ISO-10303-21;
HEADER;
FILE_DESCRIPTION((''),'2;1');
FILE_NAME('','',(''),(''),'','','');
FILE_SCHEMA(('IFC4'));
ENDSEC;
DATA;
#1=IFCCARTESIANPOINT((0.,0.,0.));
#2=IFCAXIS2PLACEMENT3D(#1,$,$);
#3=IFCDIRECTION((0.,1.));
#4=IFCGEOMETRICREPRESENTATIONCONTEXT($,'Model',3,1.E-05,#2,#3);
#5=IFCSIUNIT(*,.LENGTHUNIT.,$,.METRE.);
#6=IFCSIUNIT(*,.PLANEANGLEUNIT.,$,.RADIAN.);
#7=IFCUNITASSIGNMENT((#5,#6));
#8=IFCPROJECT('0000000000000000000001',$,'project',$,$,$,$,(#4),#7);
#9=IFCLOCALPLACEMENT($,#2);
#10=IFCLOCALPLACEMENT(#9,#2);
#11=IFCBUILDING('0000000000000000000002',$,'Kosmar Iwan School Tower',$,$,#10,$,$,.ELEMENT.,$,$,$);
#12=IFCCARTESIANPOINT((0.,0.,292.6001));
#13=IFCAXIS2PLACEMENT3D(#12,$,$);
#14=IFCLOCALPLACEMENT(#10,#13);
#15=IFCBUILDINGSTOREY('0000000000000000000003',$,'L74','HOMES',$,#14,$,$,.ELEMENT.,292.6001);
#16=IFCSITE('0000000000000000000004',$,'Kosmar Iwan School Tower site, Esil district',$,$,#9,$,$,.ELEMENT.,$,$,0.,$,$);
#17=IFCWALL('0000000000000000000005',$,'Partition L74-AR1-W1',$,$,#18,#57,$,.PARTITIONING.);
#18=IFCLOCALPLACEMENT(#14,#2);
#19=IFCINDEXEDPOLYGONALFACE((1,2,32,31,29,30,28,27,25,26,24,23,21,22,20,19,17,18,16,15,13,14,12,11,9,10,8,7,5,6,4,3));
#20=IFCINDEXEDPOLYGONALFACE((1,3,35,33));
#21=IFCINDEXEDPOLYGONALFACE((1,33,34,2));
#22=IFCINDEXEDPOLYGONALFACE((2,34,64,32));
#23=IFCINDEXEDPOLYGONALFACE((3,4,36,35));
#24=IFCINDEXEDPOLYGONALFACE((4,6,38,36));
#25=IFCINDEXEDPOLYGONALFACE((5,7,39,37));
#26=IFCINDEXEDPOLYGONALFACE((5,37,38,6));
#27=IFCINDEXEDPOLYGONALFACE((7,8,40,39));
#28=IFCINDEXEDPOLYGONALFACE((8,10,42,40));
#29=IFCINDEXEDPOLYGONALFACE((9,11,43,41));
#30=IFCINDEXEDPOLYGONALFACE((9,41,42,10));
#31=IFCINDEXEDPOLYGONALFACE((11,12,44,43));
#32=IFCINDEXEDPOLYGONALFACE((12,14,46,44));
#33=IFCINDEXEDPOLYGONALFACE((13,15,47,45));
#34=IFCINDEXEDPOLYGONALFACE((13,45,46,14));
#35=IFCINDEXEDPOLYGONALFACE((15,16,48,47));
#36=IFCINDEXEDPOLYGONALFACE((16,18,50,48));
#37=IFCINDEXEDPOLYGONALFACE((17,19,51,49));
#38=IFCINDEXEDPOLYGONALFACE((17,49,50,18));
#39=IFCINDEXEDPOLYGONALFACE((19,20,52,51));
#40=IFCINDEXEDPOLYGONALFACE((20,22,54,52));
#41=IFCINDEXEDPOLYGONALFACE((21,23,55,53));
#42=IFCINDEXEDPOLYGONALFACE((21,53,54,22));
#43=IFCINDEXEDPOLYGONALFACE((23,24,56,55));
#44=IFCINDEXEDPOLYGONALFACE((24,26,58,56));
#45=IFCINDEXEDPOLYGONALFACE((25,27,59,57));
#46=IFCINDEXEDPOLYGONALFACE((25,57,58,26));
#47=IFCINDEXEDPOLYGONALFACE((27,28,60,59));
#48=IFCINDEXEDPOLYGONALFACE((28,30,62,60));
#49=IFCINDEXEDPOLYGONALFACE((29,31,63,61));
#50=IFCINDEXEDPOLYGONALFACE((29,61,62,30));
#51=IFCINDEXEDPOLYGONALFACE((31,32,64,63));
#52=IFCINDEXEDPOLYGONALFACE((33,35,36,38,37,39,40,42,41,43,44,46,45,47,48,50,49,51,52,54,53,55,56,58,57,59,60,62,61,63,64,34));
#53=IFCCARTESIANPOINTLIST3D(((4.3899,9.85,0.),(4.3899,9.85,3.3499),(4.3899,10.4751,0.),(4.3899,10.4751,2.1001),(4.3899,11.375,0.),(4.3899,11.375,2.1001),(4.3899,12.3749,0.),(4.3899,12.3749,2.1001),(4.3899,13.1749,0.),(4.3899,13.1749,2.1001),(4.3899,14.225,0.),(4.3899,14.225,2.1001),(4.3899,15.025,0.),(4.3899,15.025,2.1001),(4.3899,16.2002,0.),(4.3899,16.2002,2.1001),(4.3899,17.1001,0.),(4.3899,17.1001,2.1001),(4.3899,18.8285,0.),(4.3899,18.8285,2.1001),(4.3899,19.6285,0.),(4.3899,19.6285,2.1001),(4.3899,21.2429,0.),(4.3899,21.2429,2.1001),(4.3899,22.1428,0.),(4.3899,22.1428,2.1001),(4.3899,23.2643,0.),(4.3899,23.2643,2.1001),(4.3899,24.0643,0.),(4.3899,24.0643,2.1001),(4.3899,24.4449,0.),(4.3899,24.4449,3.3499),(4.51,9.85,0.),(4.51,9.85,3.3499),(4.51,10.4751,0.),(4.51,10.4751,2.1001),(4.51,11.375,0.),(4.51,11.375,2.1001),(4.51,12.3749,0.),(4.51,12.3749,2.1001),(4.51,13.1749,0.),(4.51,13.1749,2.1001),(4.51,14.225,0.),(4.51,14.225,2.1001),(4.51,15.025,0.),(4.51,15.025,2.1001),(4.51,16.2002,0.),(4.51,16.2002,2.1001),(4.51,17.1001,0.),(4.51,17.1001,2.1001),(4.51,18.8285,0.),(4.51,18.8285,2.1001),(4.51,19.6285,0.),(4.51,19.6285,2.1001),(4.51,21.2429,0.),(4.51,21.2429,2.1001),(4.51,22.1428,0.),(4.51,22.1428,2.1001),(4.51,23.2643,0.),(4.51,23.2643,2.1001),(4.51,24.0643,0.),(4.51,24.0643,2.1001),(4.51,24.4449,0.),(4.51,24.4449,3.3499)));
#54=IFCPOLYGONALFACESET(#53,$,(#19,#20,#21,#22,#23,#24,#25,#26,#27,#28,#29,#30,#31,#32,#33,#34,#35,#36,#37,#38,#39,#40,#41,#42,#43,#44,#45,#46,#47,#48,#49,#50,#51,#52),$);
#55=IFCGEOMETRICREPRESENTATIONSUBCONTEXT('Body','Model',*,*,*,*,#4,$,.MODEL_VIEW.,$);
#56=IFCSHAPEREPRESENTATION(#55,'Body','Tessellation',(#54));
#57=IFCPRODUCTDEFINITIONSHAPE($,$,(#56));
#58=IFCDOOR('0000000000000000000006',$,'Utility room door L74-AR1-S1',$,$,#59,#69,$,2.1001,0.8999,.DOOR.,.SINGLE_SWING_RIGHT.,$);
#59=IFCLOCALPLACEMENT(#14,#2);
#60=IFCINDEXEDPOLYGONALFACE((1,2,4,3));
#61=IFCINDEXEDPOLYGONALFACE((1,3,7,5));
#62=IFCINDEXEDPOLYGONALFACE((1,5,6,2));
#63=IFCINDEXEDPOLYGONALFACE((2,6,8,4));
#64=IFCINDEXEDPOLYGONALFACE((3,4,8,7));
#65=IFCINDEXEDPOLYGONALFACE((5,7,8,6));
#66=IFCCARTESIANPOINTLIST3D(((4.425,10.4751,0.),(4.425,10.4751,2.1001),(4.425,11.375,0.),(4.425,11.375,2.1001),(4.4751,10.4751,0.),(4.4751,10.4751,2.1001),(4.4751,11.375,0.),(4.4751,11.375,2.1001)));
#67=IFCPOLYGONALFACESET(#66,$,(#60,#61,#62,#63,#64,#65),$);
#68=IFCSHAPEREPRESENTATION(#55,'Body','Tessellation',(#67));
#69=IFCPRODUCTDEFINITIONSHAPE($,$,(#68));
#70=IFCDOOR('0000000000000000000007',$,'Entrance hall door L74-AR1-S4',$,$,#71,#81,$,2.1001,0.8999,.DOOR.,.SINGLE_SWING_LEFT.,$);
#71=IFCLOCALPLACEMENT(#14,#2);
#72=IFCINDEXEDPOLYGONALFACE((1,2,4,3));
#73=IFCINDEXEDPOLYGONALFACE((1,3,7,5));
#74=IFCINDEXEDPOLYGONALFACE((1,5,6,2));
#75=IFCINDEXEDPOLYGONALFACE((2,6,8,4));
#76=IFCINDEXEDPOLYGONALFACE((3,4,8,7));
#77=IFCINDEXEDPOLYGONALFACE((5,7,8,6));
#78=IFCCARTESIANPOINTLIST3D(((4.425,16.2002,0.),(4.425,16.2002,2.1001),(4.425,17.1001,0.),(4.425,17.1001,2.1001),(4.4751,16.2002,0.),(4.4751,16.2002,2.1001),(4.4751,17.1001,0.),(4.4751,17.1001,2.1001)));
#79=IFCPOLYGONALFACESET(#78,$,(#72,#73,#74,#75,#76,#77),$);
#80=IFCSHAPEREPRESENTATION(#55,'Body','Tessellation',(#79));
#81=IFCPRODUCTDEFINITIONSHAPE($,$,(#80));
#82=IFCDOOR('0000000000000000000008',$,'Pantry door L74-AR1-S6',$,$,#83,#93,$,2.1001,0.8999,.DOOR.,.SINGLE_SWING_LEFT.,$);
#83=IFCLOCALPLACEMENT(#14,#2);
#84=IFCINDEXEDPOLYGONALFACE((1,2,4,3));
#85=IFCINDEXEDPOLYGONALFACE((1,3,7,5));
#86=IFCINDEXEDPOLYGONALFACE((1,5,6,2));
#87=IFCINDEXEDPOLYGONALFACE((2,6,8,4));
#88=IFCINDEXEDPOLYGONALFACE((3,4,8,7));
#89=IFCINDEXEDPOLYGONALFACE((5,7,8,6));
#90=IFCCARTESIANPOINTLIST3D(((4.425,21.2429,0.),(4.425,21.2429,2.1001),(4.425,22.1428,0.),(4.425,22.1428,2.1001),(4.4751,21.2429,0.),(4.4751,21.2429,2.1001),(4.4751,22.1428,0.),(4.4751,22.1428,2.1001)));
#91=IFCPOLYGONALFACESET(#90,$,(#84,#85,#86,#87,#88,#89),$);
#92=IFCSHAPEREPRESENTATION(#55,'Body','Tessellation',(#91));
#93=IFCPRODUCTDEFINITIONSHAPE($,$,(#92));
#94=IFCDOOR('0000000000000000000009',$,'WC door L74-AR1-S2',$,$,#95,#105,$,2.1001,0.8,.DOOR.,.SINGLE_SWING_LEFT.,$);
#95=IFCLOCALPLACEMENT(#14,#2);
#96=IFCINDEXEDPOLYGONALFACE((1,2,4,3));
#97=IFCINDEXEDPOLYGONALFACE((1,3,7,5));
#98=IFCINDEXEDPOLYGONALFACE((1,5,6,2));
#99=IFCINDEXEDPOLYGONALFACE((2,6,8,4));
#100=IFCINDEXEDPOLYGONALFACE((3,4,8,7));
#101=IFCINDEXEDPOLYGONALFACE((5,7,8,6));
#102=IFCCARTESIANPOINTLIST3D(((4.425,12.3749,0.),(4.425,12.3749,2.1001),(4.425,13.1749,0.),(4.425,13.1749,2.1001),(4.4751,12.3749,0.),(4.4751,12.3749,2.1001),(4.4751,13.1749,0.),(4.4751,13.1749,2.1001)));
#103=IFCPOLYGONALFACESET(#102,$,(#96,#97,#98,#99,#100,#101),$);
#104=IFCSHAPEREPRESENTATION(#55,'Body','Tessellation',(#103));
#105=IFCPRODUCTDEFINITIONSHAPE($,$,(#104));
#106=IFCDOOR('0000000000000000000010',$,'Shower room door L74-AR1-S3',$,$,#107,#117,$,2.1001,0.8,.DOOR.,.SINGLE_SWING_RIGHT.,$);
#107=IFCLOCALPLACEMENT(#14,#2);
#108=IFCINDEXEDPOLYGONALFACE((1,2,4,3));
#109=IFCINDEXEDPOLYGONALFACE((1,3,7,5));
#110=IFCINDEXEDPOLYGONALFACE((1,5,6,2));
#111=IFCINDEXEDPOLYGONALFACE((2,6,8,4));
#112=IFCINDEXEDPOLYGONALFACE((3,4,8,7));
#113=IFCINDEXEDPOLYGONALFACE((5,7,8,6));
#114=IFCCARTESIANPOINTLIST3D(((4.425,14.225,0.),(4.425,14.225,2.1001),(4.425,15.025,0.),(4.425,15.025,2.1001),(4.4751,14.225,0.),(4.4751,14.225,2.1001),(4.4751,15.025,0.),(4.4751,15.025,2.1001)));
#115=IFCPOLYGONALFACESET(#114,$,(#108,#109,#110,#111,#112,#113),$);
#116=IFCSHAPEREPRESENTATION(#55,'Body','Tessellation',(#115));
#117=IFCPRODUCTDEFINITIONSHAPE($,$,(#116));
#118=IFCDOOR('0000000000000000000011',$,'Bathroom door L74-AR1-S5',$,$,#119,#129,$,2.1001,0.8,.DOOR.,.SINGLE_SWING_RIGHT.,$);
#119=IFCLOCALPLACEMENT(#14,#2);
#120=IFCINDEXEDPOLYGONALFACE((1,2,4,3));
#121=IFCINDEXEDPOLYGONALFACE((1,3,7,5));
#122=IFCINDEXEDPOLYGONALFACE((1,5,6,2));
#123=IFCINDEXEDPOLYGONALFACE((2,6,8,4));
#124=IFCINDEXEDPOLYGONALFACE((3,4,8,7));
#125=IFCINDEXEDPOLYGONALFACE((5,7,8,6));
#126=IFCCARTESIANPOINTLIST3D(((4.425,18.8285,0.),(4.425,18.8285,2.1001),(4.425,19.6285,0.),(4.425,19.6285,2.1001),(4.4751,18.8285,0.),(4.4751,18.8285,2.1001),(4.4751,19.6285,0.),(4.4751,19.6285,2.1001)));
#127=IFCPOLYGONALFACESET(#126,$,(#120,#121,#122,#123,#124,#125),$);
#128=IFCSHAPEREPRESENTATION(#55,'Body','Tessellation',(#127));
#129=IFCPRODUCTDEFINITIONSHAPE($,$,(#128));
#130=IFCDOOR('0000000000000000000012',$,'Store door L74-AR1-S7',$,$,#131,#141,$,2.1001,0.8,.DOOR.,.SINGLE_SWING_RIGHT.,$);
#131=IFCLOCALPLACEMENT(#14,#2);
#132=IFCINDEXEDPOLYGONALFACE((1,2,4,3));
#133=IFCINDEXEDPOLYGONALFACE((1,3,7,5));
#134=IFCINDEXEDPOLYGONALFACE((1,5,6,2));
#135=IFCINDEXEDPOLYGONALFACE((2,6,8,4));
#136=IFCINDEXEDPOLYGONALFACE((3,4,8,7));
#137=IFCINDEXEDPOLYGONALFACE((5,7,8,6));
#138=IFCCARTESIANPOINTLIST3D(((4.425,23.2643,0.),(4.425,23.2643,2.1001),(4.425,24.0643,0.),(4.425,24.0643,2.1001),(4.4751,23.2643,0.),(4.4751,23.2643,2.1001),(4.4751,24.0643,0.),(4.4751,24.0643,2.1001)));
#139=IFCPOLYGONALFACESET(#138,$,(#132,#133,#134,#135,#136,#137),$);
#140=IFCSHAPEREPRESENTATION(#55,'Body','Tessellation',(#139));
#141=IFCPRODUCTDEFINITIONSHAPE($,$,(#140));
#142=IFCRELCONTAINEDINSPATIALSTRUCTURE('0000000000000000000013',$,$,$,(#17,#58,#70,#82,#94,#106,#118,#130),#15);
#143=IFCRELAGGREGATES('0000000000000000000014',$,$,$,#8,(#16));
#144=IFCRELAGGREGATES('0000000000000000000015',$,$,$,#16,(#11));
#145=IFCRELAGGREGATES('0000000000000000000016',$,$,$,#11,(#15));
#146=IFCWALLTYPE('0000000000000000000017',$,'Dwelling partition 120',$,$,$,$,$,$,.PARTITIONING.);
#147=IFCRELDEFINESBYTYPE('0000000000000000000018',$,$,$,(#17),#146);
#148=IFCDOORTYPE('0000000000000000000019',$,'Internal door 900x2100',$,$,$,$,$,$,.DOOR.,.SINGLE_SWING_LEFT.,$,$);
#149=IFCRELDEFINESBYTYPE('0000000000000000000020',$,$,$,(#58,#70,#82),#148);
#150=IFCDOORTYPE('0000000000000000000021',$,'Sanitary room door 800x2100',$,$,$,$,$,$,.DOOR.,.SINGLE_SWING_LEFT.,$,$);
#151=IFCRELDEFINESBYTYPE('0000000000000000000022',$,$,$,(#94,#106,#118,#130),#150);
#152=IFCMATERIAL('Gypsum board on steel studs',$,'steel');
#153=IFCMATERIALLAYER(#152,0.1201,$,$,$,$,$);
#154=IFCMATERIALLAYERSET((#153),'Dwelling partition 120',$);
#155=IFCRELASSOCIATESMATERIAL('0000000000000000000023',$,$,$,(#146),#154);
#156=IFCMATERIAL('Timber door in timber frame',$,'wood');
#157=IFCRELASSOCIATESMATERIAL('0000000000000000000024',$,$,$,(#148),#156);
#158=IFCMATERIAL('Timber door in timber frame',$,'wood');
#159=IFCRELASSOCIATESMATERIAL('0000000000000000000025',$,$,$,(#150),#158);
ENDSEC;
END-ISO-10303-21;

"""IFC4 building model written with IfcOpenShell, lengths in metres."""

from ifc_helpers import new_model, si_unit, direction, frame, frame_2d, origin, place, context, subcontext, project, spatial, rectangle, extrude, material, layer, layer_set, type_object, element, fill, save


model = new_model("IFC4")

# Units and contexts
model_context = context("Model", 3, precision=1e-05, world=origin(), true_north=direction((0.0, 1.0)))
body_context = subcontext(model_context, "Body", "Model", "MODEL_VIEW")
ifc_project = project(units=[si_unit("LENGTHUNIT", "METRE"), si_unit("PLANEANGLEUNIT", "RADIAN")], contexts=[model_context])

# Site, building, storey
site_placement = place(None, origin())
site = spatial("IfcSite", under=ifc_project, at=site_placement, Name="Kosmar Iwan School Tower site, Esil district", CompositionType="ELEMENT", RefElevation=0.0)
building_placement = place(site_placement, origin())
building = spatial("IfcBuilding", under=site, at=building_placement, Name="Kosmar Iwan School Tower", CompositionType="ELEMENT")
storey_placement = place(building_placement, frame((0.0, 0.0, 292.6001)))
storey = spatial("IfcBuildingStorey", under=building, at=storey_placement, Name="L74", Description="HOMES", CompositionType="ELEMENT", Elevation=292.6001)

# Wall, openings, doors
ifc_material_1 = material(Name="Gypsum board on steel studs", Category="steel")
ifc_layer_1 = layer(ifc_material_1, 0.1201)
ifc_layer_set_1 = layer_set([ifc_layer_1], Name="Dwelling partition 120")
wall_type_1 = type_object("IfcWallType", Name="Dwelling partition 120", PredefinedType="PARTITIONING", material=ifc_layer_set_1)
wall_1_placement = place(storey_placement, frame((4.45, 9.8501, 0.0), z_axis=(0.0, 0.0, 1.0), x_axis=(0.0, 1.0, 0.0)))
wall_1 = element("IfcWall", 1, at=wall_1_placement, inside=storey, type_object=wall_type_1, Name="Partition L74-AR1-W1", PredefinedType="PARTITIONING", context=body_context, shape_type="SweptSolid", body=[
    extrude(rectangle(XDim=14.595, YDim=0.1201, at=frame_2d((7.2974, 0.0))), origin(), (0.0, 0.0, 1.0), 3.3499),
])
opening_1_placement = place(wall_1_placement, frame((0.625, 0.0, 0.0)))
opening_1 = element("IfcOpeningElement", 2, at=opening_1_placement, cuts=wall_1, PredefinedType="OPENING", context=body_context, shape_type="SweptSolid", body=[
    extrude(rectangle(XDim=0.8999, YDim=2.1001, at=frame_2d((0.45, 1.05))), frame((0.0, 0.072, 0.0), z_axis=(0.0, -1.0, 0.0), x_axis=(1.0, 0.0, 0.0)), (0.0, 0.0, 1.0), 0.144),
])
opening_2_placement = place(wall_1_placement, frame((2.5249, 0.0, 0.0)))
opening_2 = element("IfcOpeningElement", 3, at=opening_2_placement, cuts=wall_1, PredefinedType="OPENING", context=body_context, shape_type="SweptSolid", body=[
    extrude(rectangle(XDim=0.8, YDim=2.1001, at=frame_2d((0.3999, 1.05))), frame((0.0, 0.072, 0.0), z_axis=(0.0, -1.0, 0.0), x_axis=(1.0, 0.0, 0.0)), (0.0, 0.0, 1.0), 0.144),
])
opening_3_placement = place(wall_1_placement, frame((4.375, 0.0, 0.0)))
opening_3 = element("IfcOpeningElement", 4, at=opening_3_placement, cuts=wall_1, PredefinedType="OPENING", context=body_context, shape_type="SweptSolid", body=[
    extrude(rectangle(XDim=0.8, YDim=2.1001, at=frame_2d((0.3999, 1.05))), frame((0.0, 0.072, 0.0), z_axis=(0.0, -1.0, 0.0), x_axis=(1.0, 0.0, 0.0)), (0.0, 0.0, 1.0), 0.144),
])
opening_4_placement = place(wall_1_placement, frame((6.3501, 0.0, 0.0)))
opening_4 = element("IfcOpeningElement", 5, at=opening_4_placement, cuts=wall_1, PredefinedType="OPENING", context=body_context, shape_type="SweptSolid", body=[
    extrude(rectangle(XDim=0.8999, YDim=2.1001, at=frame_2d((0.45, 1.05))), frame((0.0, 0.072, 0.0), z_axis=(0.0, -1.0, 0.0), x_axis=(1.0, 0.0, 0.0)), (0.0, 0.0, 1.0), 0.144),
])
opening_5_placement = place(wall_1_placement, frame((8.9785, 0.0, 0.0)))
opening_5 = element("IfcOpeningElement", 6, at=opening_5_placement, cuts=wall_1, PredefinedType="OPENING", context=body_context, shape_type="SweptSolid", body=[
    extrude(rectangle(XDim=0.8, YDim=2.1001, at=frame_2d((0.3999, 1.05))), frame((0.0, 0.072, 0.0), z_axis=(0.0, -1.0, 0.0), x_axis=(1.0, 0.0, 0.0)), (0.0, 0.0, 1.0), 0.144),
])
opening_6_placement = place(wall_1_placement, frame((11.3928, 0.0, 0.0)))
opening_6 = element("IfcOpeningElement", 7, at=opening_6_placement, cuts=wall_1, PredefinedType="OPENING", context=body_context, shape_type="SweptSolid", body=[
    extrude(rectangle(XDim=0.8999, YDim=2.1001, at=frame_2d((0.45, 1.05))), frame((0.0, 0.072, 0.0), z_axis=(0.0, -1.0, 0.0), x_axis=(1.0, 0.0, 0.0)), (0.0, 0.0, 1.0), 0.144),
])
opening_7_placement = place(wall_1_placement, frame((13.4143, 0.0, 0.0)))
opening_7 = element("IfcOpeningElement", 8, at=opening_7_placement, cuts=wall_1, PredefinedType="OPENING", context=body_context, shape_type="SweptSolid", body=[
    extrude(rectangle(XDim=0.8, YDim=2.1001, at=frame_2d((0.3999, 1.05))), frame((0.0, 0.072, 0.0), z_axis=(0.0, -1.0, 0.0), x_axis=(1.0, 0.0, 0.0)), (0.0, 0.0, 1.0), 0.144),
])
ifc_material_2 = material(Name="Timber door in timber frame", Category="wood")
door_type_1 = type_object("IfcDoorType", Name="Internal door 900x2100", OperationType="SINGLE_SWING_LEFT", PredefinedType="DOOR", material=ifc_material_2)
door_1_placement = place(opening_1_placement, origin())
door_1 = element("IfcDoor", 9, at=door_1_placement, inside=storey, type_object=door_type_1, Name="Utility room door L74-AR1-S1", OperationType="SINGLE_SWING_RIGHT", OverallHeight=2.1001, OverallWidth=0.8999, PredefinedType="DOOR", context=body_context, shape_type="SweptSolid", body=[
    extrude(rectangle(XDim=0.8999, YDim=2.1001, at=frame_2d((0.45, 1.05))), frame((0.0, 0.0249, 0.0), z_axis=(0.0, -1.0, 0.0), x_axis=(1.0, 0.0, 0.0)), (0.0, 0.0, 1.0), 0.05),
])
fill(opening_1, door_1)
door_2_placement = place(opening_4_placement, origin())
door_2 = element("IfcDoor", 10, at=door_2_placement, inside=storey, type_object=door_type_1, Name="Entrance hall door L74-AR1-S4", OperationType="SINGLE_SWING_LEFT", OverallHeight=2.1001, OverallWidth=0.8999, PredefinedType="DOOR", context=body_context, shape_type="SweptSolid", body=[
    extrude(rectangle(XDim=0.8999, YDim=2.1001, at=frame_2d((0.45, 1.05))), frame((0.0, 0.0249, 0.0), z_axis=(0.0, -1.0, 0.0), x_axis=(1.0, 0.0, 0.0)), (0.0, 0.0, 1.0), 0.05),
])
fill(opening_4, door_2)
door_3_placement = place(opening_6_placement, origin())
door_3 = element("IfcDoor", 11, at=door_3_placement, inside=storey, type_object=door_type_1, Name="Pantry door L74-AR1-S6", OperationType="SINGLE_SWING_LEFT", OverallHeight=2.1001, OverallWidth=0.8999, PredefinedType="DOOR", context=body_context, shape_type="SweptSolid", body=[
    extrude(rectangle(XDim=0.8999, YDim=2.1001, at=frame_2d((0.45, 1.05))), frame((0.0, 0.0249, 0.0), z_axis=(0.0, -1.0, 0.0), x_axis=(1.0, 0.0, 0.0)), (0.0, 0.0, 1.0), 0.05),
])
fill(opening_6, door_3)
ifc_material_3 = material(Name="Timber door in timber frame", Category="wood")
door_type_2 = type_object("IfcDoorType", Name="Sanitary room door 800x2100", OperationType="SINGLE_SWING_LEFT", PredefinedType="DOOR", material=ifc_material_3)
door_4_placement = place(opening_2_placement, origin())
door_4 = element("IfcDoor", 12, at=door_4_placement, inside=storey, type_object=door_type_2, Name="WC door L74-AR1-S2", OperationType="SINGLE_SWING_LEFT", OverallHeight=2.1001, OverallWidth=0.8, PredefinedType="DOOR", context=body_context, shape_type="SweptSolid", body=[
    extrude(rectangle(XDim=0.8, YDim=2.1001, at=frame_2d((0.3999, 1.05))), frame((0.0, 0.0249, 0.0), z_axis=(0.0, -1.0, 0.0), x_axis=(1.0, 0.0, 0.0)), (0.0, 0.0, 1.0), 0.05),
])
fill(opening_2, door_4)
door_5_placement = place(opening_3_placement, origin())
door_5 = element("IfcDoor", 13, at=door_5_placement, inside=storey, type_object=door_type_2, Name="Shower room door L74-AR1-S3", OperationType="SINGLE_SWING_RIGHT", OverallHeight=2.1001, OverallWidth=0.8, PredefinedType="DOOR", context=body_context, shape_type="SweptSolid", body=[
    extrude(rectangle(XDim=0.8, YDim=2.1001, at=frame_2d((0.3999, 1.05))), frame((0.0, 0.0249, 0.0), z_axis=(0.0, -1.0, 0.0), x_axis=(1.0, 0.0, 0.0)), (0.0, 0.0, 1.0), 0.05),
])
fill(opening_3, door_5)
door_6_placement = place(opening_5_placement, origin())
door_6 = element("IfcDoor", 14, at=door_6_placement, inside=storey, type_object=door_type_2, Name="Bathroom door L74-AR1-S5", OperationType="SINGLE_SWING_RIGHT", OverallHeight=2.1001, OverallWidth=0.8, PredefinedType="DOOR", context=body_context, shape_type="SweptSolid", body=[
    extrude(rectangle(XDim=0.8, YDim=2.1001, at=frame_2d((0.3999, 1.05))), frame((0.0, 0.0249, 0.0), z_axis=(0.0, -1.0, 0.0), x_axis=(1.0, 0.0, 0.0)), (0.0, 0.0, 1.0), 0.05),
])
fill(opening_5, door_6)
door_7_placement = place(opening_7_placement, origin())
door_7 = element("IfcDoor", 15, at=door_7_placement, inside=storey, type_object=door_type_2, Name="Store door L74-AR1-S7", OperationType="SINGLE_SWING_RIGHT", OverallHeight=2.1001, OverallWidth=0.8, PredefinedType="DOOR", context=body_context, shape_type="SweptSolid", body=[
    extrude(rectangle(XDim=0.8, YDim=2.1001, at=frame_2d((0.3999, 1.05))), frame((0.0, 0.0249, 0.0), z_axis=(0.0, -1.0, 0.0), x_axis=(1.0, 0.0, 0.0)), (0.0, 0.0, 1.0), 0.05),
])
fill(opening_7, door_7)

save(model, "model.ifc")
